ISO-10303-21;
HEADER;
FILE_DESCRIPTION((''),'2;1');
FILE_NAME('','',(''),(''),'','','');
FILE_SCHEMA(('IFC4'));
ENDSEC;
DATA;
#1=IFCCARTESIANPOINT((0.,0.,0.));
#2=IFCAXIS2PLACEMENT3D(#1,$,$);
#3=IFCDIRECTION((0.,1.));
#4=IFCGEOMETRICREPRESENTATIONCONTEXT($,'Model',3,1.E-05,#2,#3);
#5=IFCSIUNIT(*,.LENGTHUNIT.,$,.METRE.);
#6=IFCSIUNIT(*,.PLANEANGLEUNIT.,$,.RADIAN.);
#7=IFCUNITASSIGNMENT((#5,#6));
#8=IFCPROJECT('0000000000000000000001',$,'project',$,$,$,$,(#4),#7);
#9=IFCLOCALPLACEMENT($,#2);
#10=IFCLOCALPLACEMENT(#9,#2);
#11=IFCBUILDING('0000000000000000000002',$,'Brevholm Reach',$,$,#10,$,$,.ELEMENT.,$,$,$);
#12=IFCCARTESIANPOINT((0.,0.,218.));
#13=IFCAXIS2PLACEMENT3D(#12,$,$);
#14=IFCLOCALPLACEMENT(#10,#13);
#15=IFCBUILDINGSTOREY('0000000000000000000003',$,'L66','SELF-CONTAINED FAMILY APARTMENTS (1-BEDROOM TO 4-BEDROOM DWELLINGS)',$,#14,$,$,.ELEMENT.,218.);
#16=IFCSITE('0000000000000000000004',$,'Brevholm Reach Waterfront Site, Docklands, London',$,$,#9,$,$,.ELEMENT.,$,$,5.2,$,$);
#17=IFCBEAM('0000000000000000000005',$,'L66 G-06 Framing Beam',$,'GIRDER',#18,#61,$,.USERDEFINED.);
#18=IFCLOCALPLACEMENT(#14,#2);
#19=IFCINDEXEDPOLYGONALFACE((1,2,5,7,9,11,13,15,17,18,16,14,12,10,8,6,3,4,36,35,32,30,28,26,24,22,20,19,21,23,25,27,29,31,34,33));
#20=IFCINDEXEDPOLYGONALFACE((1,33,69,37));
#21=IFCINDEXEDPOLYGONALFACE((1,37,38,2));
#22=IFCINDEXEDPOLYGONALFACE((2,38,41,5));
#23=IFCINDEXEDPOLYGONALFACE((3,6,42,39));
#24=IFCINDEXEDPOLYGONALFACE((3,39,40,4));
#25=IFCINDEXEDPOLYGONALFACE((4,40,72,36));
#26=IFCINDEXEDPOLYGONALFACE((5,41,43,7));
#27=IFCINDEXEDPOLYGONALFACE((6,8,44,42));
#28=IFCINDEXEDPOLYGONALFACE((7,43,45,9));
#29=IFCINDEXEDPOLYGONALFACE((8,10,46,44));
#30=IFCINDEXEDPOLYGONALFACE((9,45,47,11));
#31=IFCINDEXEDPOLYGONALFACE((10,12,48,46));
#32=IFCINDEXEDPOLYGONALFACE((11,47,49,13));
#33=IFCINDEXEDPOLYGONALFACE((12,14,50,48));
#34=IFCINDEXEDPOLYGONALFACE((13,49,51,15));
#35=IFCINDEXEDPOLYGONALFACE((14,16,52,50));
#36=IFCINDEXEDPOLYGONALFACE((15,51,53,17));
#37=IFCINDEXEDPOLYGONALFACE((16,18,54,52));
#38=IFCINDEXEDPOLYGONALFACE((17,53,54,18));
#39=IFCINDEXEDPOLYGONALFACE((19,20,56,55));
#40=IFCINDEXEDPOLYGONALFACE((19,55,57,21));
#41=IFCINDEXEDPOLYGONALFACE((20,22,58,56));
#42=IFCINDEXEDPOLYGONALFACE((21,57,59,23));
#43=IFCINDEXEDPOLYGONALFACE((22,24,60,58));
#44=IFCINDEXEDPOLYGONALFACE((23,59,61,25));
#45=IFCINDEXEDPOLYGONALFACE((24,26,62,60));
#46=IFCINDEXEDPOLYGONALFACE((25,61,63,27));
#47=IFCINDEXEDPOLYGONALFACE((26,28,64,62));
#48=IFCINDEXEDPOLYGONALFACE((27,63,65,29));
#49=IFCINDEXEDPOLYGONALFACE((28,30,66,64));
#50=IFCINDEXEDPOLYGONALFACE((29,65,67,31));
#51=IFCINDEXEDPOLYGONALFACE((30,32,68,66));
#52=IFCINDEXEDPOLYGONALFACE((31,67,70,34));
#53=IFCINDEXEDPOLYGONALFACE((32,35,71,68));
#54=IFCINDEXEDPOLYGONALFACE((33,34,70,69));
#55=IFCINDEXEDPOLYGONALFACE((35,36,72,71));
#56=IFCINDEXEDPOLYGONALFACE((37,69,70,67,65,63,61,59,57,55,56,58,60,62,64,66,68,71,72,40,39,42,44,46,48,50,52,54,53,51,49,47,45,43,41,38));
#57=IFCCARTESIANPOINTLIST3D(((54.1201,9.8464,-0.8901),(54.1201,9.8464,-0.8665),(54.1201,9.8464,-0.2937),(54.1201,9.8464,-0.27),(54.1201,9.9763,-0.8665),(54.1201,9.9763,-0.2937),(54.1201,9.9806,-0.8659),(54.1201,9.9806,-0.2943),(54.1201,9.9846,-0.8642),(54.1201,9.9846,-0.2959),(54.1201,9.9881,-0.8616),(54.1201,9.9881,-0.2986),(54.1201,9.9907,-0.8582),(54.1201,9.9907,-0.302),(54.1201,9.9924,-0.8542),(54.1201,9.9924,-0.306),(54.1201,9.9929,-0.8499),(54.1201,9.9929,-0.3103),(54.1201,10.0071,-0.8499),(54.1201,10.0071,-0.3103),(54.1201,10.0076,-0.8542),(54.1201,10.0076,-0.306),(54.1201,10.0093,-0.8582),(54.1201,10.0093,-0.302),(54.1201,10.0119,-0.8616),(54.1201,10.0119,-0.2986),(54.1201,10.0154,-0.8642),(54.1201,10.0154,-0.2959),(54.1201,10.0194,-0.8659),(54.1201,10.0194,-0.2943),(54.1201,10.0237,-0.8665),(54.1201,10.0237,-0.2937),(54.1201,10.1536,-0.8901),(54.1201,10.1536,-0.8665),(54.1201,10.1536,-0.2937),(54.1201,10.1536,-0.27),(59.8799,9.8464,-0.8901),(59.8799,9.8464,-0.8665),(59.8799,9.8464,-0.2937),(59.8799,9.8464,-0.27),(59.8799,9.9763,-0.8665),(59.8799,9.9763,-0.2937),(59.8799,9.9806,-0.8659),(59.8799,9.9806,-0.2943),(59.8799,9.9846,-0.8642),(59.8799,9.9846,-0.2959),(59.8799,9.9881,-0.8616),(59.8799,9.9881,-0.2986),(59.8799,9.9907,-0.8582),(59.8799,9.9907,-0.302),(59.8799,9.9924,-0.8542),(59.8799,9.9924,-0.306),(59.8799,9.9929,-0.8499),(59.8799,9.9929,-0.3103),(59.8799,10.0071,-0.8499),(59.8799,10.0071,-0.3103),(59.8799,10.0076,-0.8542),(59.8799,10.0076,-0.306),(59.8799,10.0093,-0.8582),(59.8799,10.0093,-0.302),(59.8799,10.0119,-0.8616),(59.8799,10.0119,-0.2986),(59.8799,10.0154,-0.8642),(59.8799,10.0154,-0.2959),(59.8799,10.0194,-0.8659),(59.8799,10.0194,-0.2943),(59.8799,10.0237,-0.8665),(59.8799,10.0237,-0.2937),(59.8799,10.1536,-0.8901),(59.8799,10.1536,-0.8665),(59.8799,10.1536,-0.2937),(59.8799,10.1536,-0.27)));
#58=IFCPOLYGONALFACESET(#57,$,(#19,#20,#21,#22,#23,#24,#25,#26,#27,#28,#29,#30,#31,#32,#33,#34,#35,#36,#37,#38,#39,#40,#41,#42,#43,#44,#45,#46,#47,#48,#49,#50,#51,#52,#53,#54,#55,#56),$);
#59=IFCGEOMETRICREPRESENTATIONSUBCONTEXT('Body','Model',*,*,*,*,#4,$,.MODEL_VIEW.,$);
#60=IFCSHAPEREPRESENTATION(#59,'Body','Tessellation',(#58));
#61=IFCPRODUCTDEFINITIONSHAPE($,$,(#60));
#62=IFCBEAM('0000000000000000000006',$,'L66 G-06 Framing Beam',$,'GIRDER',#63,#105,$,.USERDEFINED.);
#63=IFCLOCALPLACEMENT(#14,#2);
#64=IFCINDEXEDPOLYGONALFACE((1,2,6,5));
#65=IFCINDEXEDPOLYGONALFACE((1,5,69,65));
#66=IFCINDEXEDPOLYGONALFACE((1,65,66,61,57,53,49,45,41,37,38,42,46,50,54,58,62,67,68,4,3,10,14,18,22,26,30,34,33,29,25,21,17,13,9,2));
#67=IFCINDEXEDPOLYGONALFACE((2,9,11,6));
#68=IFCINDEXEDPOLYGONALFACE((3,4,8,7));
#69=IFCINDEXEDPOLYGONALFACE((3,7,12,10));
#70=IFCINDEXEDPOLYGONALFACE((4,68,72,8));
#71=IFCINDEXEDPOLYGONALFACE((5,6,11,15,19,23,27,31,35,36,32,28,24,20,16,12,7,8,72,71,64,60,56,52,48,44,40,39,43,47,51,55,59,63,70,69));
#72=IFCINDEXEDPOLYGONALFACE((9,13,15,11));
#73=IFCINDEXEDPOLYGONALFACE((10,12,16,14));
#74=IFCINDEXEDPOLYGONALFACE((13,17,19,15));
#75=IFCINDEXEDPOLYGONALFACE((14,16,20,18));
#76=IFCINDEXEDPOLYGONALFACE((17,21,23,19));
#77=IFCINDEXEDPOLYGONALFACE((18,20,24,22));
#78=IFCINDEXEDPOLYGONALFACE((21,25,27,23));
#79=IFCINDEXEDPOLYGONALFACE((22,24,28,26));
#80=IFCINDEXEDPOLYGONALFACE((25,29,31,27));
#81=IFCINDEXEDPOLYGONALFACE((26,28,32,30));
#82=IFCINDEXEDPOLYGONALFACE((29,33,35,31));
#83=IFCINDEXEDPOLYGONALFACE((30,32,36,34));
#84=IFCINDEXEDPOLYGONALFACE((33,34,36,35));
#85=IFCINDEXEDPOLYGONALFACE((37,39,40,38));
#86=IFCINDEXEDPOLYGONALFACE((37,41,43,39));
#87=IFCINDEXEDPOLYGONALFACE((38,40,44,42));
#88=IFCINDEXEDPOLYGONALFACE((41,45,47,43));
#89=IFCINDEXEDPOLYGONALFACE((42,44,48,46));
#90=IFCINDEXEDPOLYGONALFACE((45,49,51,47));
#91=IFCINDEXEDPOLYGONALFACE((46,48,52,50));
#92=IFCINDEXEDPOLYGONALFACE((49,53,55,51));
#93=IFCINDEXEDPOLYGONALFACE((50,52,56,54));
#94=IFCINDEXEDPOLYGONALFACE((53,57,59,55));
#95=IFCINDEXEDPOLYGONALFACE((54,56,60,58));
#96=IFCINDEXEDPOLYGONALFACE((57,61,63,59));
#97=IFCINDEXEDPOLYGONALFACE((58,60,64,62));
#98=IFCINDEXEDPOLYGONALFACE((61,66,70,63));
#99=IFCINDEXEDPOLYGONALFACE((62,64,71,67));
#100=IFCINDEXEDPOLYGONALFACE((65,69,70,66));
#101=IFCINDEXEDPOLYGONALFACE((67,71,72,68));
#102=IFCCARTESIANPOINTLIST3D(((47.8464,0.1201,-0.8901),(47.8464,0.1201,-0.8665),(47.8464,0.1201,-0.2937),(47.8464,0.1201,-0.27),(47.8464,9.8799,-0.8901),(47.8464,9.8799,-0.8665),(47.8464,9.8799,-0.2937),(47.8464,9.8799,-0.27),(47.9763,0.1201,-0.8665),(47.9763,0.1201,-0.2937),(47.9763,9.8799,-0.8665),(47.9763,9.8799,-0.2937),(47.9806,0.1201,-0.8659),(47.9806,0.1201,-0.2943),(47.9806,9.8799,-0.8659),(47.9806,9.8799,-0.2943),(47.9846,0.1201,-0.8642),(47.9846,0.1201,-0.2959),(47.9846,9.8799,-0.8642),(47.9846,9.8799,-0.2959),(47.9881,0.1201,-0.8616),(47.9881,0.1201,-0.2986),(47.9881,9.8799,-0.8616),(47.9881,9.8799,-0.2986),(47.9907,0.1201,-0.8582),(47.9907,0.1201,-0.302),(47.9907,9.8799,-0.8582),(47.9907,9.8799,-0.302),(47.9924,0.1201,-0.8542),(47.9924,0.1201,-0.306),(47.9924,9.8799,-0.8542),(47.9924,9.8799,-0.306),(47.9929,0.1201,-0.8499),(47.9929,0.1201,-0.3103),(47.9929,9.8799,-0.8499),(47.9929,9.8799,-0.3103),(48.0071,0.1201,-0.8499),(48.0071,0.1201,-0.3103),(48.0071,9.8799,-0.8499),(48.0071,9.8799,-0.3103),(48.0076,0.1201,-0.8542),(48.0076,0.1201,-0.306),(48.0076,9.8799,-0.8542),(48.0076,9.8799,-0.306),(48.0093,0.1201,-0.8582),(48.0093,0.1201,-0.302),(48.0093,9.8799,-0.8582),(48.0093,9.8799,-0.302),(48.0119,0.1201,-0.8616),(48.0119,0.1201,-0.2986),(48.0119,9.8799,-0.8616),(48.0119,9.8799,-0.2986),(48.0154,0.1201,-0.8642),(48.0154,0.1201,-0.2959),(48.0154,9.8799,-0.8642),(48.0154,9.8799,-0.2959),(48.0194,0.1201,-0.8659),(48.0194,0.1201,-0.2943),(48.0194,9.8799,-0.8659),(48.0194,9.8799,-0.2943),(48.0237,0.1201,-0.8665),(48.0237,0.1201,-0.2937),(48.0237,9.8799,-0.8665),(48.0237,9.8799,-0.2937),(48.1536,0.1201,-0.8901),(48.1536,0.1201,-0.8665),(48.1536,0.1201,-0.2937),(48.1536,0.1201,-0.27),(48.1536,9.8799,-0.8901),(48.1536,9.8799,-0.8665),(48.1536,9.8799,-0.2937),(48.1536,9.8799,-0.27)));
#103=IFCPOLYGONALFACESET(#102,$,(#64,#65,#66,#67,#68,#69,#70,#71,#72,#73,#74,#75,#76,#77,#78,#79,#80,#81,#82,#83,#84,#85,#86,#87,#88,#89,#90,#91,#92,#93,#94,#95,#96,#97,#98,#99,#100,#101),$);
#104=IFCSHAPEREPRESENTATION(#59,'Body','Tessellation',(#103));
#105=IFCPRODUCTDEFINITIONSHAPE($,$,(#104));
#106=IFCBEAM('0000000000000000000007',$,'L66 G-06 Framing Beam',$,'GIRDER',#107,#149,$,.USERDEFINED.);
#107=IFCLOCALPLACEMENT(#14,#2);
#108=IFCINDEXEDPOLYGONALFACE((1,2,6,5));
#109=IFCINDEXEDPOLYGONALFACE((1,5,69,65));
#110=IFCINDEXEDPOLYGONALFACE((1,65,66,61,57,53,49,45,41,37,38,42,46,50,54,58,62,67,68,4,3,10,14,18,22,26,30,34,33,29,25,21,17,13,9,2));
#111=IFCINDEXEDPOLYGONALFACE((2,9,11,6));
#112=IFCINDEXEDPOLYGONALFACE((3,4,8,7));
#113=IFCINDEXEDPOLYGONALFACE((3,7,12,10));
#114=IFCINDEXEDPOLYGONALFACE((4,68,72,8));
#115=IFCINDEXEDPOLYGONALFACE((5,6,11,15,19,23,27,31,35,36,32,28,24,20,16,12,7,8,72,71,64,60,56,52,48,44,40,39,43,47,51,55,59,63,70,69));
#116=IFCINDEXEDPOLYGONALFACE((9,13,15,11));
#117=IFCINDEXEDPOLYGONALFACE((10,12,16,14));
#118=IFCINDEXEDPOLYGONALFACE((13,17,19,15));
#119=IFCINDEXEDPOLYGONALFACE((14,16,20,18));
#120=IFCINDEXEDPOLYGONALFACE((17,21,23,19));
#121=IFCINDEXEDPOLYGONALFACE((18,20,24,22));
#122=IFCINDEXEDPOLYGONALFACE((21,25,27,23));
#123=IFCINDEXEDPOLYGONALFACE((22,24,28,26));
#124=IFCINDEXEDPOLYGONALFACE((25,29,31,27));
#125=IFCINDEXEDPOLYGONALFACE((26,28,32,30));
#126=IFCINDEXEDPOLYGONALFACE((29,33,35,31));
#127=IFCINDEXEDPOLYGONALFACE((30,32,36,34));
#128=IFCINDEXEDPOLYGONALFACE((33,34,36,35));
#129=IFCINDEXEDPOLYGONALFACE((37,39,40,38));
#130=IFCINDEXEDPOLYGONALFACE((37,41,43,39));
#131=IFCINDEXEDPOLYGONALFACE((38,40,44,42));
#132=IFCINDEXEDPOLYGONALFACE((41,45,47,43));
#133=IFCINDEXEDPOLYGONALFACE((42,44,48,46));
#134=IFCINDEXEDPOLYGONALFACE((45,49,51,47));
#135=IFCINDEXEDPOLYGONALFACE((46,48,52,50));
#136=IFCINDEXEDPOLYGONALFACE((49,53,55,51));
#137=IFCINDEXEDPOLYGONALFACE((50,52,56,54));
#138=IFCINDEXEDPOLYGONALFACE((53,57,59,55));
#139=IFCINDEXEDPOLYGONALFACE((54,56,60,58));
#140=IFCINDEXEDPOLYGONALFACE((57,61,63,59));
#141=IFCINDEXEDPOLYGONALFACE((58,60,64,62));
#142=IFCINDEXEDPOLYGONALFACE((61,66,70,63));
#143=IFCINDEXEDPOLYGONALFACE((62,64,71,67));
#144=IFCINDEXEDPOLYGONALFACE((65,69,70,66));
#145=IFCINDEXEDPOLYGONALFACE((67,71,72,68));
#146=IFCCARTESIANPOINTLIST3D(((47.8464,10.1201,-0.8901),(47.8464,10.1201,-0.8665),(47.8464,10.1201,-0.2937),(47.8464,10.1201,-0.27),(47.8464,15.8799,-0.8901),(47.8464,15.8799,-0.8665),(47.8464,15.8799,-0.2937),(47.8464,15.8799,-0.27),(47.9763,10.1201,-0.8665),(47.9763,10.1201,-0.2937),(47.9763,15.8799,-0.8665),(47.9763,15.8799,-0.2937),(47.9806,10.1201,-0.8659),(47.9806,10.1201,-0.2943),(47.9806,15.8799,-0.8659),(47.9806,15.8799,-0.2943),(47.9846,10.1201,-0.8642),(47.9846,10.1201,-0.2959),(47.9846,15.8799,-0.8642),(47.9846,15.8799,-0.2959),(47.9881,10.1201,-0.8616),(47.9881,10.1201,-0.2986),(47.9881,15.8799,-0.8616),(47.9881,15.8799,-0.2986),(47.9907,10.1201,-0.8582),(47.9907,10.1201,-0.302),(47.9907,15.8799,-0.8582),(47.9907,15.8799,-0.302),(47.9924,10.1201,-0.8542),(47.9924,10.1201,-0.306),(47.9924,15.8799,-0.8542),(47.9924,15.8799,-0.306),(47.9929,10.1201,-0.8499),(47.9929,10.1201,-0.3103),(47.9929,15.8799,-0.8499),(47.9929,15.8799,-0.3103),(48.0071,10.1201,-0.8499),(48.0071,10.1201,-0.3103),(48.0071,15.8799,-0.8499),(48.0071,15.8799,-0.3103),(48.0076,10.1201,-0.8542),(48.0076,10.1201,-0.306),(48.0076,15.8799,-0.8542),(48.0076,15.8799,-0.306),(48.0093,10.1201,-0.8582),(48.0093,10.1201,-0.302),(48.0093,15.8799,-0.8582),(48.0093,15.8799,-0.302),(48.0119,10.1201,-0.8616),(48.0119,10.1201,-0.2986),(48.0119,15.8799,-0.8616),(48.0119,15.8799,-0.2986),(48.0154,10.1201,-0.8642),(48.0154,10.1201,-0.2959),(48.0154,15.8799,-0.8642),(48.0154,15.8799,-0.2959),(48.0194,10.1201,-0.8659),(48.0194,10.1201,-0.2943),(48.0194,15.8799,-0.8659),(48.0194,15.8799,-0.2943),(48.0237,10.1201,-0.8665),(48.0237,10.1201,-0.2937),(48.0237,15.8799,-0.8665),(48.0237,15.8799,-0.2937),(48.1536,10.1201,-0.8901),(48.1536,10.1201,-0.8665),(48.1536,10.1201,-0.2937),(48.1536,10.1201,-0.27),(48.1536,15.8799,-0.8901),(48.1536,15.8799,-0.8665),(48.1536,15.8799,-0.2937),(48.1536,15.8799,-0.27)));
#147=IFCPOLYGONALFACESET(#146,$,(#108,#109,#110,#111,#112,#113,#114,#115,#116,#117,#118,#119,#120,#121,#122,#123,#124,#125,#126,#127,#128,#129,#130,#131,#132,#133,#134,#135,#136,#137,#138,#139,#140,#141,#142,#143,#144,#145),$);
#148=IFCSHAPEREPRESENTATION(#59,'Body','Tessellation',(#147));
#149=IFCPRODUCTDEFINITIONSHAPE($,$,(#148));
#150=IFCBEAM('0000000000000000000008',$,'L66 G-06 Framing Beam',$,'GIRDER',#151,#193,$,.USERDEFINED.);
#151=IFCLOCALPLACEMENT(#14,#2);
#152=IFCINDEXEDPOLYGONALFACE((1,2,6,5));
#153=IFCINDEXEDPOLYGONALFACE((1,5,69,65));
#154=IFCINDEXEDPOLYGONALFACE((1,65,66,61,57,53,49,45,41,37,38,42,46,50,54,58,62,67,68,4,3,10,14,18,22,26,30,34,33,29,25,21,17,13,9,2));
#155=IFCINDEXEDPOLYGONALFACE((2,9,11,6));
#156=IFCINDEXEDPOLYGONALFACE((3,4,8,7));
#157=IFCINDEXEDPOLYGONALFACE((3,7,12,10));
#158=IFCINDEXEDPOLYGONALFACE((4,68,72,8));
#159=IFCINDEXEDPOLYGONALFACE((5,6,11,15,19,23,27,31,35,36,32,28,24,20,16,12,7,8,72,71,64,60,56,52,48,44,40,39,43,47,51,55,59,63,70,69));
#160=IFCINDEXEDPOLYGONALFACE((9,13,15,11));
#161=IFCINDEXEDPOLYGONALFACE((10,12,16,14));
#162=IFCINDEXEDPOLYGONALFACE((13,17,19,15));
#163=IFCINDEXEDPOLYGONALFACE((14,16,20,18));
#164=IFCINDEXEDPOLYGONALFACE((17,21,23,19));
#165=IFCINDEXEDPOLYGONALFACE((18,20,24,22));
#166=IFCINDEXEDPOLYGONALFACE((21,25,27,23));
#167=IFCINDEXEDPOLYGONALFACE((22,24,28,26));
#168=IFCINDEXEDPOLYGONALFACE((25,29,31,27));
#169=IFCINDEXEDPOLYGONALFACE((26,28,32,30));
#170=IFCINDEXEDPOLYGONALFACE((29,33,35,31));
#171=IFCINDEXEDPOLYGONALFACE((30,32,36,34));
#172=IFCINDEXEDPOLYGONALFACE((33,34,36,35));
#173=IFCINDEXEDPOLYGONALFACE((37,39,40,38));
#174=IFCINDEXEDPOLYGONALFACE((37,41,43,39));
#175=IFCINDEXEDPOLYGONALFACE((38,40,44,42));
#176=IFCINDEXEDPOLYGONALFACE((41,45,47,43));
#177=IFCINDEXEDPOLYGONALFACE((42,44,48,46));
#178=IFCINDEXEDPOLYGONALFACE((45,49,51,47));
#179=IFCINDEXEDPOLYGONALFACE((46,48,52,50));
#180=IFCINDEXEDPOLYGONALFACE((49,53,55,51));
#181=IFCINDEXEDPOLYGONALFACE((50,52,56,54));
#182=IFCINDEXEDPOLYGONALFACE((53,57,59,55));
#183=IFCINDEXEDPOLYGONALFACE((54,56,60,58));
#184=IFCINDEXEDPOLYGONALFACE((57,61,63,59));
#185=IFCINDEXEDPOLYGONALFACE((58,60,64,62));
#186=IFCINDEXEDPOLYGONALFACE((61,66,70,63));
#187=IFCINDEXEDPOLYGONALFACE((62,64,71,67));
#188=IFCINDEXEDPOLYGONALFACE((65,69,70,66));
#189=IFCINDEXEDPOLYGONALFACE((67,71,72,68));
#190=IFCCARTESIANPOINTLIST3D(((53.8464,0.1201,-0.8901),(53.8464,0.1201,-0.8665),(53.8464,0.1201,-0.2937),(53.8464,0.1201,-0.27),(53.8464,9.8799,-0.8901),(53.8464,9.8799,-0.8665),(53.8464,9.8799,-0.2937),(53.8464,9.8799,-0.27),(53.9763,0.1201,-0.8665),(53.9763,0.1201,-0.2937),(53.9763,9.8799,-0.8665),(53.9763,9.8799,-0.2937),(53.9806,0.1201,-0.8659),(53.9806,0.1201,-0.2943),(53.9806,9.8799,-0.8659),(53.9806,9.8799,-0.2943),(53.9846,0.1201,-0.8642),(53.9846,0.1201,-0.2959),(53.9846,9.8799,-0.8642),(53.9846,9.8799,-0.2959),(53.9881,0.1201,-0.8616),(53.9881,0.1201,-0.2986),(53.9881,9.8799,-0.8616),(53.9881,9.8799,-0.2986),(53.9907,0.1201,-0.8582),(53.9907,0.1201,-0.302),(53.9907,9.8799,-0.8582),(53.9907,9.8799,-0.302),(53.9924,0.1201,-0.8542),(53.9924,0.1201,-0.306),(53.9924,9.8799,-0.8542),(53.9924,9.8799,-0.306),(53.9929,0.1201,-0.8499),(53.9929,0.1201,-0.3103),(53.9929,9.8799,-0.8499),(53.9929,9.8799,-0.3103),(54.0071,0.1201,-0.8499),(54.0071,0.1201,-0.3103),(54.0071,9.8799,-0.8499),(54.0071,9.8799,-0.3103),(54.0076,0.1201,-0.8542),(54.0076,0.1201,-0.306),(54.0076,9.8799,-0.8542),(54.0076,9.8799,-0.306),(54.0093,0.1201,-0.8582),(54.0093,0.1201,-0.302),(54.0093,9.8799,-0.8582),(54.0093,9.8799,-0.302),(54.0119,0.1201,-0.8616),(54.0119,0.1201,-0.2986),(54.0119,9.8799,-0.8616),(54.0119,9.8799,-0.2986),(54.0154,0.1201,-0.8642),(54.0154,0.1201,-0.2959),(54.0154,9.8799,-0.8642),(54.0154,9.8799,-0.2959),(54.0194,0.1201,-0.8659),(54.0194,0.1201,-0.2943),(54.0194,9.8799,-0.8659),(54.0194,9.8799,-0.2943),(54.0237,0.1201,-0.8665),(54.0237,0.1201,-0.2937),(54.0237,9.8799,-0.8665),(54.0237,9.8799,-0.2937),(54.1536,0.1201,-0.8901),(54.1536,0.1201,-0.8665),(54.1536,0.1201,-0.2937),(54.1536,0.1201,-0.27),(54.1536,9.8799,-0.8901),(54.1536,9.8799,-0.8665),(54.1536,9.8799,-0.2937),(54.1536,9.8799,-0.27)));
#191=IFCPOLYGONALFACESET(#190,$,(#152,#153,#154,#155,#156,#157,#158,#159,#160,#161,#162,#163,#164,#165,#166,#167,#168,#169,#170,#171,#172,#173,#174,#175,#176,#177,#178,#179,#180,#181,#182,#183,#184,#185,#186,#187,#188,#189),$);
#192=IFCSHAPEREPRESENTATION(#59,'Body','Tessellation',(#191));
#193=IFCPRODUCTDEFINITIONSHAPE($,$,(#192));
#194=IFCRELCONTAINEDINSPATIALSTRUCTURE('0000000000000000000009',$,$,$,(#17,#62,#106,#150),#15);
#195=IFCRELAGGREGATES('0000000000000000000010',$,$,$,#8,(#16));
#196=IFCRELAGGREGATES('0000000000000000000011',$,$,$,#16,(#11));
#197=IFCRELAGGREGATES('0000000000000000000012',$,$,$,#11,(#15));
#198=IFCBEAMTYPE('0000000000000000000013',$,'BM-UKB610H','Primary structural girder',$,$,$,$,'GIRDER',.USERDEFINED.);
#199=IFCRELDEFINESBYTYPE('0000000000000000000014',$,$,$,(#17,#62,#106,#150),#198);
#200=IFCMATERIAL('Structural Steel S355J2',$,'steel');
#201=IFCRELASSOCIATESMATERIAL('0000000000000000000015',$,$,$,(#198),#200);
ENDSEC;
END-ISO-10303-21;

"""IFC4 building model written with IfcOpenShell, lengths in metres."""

from ifc_helpers import new_model, si_unit, direction, frame, origin, origin_2d, place, context, subcontext, project, spatial, i_section, extrude, material, material_profile, profile_set, type_object, element, save


model = new_model("IFC4")

# Units and contexts
model_context = context("Model", 3, precision=1e-05, world=origin(), true_north=direction((0.0, 1.0)))
body_context = subcontext(model_context, "Body", "Model", "MODEL_VIEW")
ifc_project = project(units=[si_unit("LENGTHUNIT", "METRE"), si_unit("PLANEANGLEUNIT", "RADIAN")], contexts=[model_context])

# Site, building, storey
site_placement = place(None, origin())
site = spatial("IfcSite", under=ifc_project, at=site_placement, Name="Brevholm Reach Waterfront Site, Docklands, London", CompositionType="ELEMENT", RefElevation=5.2)
building_placement = place(site_placement, origin())
building = spatial("IfcBuilding", under=site, at=building_placement, Name="Brevholm Reach", CompositionType="ELEMENT")
storey_placement = place(building_placement, frame((0.0, 0.0, 218.0)))
storey = spatial("IfcBuildingStorey", under=building, at=storey_placement, Name="L66", Description="SELF-CONTAINED FAMILY APARTMENTS (1-BEDROOM TO 4-BEDROOM DWELLINGS)", CompositionType="ELEMENT", Elevation=218.0)

# Beams
ifc_material_1 = material(Name="Structural Steel S355J2", Category="steel")
ifc_material_profile_1 = material_profile(ifc_material_1, i_section(OverallWidth=0.3071, OverallDepth=0.6201, WebThickness=0.0142, FlangeThickness=0.0237, FilletRadius=0.0166, at=origin_2d()), Name="UKB 610x305x179")
ifc_profile_set_1 = profile_set([ifc_material_profile_1], Name="Structural Steel S355J2")
beam_type_1 = type_object("IfcBeamType", Name="BM-UKB610H", Description="Primary structural girder", ElementType="GIRDER", PredefinedType="USERDEFINED", material=ifc_profile_set_1)
for number, where, z_axis, x_axis, name in (
    (1, (54.1201, 10.0, -0.5801), (1.0, 0.0, 0.0), (0.0, 1.0, 0.0), "L66 G-06 Framing Beam"),
):
    element("IfcBeam", number, at=place(storey_placement, frame(where, z_axis=z_axis, x_axis=x_axis)), inside=storey, type_object=beam_type_1, Name=name, ObjectType="GIRDER", PredefinedType="USERDEFINED", context=body_context, shape_type="SweptSolid", body=[
        extrude(i_section(OverallWidth=0.3071, OverallDepth=0.6201, WebThickness=0.0142, FlangeThickness=0.0237, FilletRadius=0.0166, at=origin_2d()), origin(), (0.0, 0.0, 1.0), 5.7598),
    ])
beam_1_placement = place(storey_placement, frame((48.0, 0.1201, -0.5801), z_axis=(0.0, 1.0, 0.0), x_axis=(-1.0, 0.0, 0.0)))
element("IfcBeam", 2, at=beam_1_placement, inside=storey, type_object=beam_type_1, Name="L66 G-06 Framing Beam", ObjectType="GIRDER", PredefinedType="USERDEFINED", context=body_context, shape_type="SweptSolid", body=[
    extrude(i_section(OverallWidth=0.3071, OverallDepth=0.6201, WebThickness=0.0142, FlangeThickness=0.0237, FilletRadius=0.0166, at=origin_2d()), origin(), (0.0, 0.0, 1.0), 9.7598),
])
beam_2_placement = place(storey_placement, frame((48.0, 10.1201, -0.5801), z_axis=(0.0, 1.0, 0.0), x_axis=(-1.0, 0.0, 0.0)))
element("IfcBeam", 3, at=beam_2_placement, inside=storey, type_object=beam_type_1, Name="L66 G-06 Framing Beam", ObjectType="GIRDER", PredefinedType="USERDEFINED", context=body_context, shape_type="SweptSolid", body=[
    extrude(i_section(OverallWidth=0.3071, OverallDepth=0.6201, WebThickness=0.0142, FlangeThickness=0.0237, FilletRadius=0.0166, at=origin_2d()), origin(), (0.0, 0.0, 1.0), 5.7598),
])
beam_3_placement = place(storey_placement, frame((54.0, 0.1201, -0.5801), z_axis=(0.0, 1.0, 0.0), x_axis=(-1.0, 0.0, 0.0)))
element("IfcBeam", 4, at=beam_3_placement, inside=storey, type_object=beam_type_1, Name="L66 G-06 Framing Beam", ObjectType="GIRDER", PredefinedType="USERDEFINED", context=body_context, shape_type="SweptSolid", body=[
    extrude(i_section(OverallWidth=0.3071, OverallDepth=0.6201, WebThickness=0.0142, FlangeThickness=0.0237, FilletRadius=0.0166, at=origin_2d()), origin(), (0.0, 0.0, 1.0), 9.7598),
])

save(model, "model.ifc")
